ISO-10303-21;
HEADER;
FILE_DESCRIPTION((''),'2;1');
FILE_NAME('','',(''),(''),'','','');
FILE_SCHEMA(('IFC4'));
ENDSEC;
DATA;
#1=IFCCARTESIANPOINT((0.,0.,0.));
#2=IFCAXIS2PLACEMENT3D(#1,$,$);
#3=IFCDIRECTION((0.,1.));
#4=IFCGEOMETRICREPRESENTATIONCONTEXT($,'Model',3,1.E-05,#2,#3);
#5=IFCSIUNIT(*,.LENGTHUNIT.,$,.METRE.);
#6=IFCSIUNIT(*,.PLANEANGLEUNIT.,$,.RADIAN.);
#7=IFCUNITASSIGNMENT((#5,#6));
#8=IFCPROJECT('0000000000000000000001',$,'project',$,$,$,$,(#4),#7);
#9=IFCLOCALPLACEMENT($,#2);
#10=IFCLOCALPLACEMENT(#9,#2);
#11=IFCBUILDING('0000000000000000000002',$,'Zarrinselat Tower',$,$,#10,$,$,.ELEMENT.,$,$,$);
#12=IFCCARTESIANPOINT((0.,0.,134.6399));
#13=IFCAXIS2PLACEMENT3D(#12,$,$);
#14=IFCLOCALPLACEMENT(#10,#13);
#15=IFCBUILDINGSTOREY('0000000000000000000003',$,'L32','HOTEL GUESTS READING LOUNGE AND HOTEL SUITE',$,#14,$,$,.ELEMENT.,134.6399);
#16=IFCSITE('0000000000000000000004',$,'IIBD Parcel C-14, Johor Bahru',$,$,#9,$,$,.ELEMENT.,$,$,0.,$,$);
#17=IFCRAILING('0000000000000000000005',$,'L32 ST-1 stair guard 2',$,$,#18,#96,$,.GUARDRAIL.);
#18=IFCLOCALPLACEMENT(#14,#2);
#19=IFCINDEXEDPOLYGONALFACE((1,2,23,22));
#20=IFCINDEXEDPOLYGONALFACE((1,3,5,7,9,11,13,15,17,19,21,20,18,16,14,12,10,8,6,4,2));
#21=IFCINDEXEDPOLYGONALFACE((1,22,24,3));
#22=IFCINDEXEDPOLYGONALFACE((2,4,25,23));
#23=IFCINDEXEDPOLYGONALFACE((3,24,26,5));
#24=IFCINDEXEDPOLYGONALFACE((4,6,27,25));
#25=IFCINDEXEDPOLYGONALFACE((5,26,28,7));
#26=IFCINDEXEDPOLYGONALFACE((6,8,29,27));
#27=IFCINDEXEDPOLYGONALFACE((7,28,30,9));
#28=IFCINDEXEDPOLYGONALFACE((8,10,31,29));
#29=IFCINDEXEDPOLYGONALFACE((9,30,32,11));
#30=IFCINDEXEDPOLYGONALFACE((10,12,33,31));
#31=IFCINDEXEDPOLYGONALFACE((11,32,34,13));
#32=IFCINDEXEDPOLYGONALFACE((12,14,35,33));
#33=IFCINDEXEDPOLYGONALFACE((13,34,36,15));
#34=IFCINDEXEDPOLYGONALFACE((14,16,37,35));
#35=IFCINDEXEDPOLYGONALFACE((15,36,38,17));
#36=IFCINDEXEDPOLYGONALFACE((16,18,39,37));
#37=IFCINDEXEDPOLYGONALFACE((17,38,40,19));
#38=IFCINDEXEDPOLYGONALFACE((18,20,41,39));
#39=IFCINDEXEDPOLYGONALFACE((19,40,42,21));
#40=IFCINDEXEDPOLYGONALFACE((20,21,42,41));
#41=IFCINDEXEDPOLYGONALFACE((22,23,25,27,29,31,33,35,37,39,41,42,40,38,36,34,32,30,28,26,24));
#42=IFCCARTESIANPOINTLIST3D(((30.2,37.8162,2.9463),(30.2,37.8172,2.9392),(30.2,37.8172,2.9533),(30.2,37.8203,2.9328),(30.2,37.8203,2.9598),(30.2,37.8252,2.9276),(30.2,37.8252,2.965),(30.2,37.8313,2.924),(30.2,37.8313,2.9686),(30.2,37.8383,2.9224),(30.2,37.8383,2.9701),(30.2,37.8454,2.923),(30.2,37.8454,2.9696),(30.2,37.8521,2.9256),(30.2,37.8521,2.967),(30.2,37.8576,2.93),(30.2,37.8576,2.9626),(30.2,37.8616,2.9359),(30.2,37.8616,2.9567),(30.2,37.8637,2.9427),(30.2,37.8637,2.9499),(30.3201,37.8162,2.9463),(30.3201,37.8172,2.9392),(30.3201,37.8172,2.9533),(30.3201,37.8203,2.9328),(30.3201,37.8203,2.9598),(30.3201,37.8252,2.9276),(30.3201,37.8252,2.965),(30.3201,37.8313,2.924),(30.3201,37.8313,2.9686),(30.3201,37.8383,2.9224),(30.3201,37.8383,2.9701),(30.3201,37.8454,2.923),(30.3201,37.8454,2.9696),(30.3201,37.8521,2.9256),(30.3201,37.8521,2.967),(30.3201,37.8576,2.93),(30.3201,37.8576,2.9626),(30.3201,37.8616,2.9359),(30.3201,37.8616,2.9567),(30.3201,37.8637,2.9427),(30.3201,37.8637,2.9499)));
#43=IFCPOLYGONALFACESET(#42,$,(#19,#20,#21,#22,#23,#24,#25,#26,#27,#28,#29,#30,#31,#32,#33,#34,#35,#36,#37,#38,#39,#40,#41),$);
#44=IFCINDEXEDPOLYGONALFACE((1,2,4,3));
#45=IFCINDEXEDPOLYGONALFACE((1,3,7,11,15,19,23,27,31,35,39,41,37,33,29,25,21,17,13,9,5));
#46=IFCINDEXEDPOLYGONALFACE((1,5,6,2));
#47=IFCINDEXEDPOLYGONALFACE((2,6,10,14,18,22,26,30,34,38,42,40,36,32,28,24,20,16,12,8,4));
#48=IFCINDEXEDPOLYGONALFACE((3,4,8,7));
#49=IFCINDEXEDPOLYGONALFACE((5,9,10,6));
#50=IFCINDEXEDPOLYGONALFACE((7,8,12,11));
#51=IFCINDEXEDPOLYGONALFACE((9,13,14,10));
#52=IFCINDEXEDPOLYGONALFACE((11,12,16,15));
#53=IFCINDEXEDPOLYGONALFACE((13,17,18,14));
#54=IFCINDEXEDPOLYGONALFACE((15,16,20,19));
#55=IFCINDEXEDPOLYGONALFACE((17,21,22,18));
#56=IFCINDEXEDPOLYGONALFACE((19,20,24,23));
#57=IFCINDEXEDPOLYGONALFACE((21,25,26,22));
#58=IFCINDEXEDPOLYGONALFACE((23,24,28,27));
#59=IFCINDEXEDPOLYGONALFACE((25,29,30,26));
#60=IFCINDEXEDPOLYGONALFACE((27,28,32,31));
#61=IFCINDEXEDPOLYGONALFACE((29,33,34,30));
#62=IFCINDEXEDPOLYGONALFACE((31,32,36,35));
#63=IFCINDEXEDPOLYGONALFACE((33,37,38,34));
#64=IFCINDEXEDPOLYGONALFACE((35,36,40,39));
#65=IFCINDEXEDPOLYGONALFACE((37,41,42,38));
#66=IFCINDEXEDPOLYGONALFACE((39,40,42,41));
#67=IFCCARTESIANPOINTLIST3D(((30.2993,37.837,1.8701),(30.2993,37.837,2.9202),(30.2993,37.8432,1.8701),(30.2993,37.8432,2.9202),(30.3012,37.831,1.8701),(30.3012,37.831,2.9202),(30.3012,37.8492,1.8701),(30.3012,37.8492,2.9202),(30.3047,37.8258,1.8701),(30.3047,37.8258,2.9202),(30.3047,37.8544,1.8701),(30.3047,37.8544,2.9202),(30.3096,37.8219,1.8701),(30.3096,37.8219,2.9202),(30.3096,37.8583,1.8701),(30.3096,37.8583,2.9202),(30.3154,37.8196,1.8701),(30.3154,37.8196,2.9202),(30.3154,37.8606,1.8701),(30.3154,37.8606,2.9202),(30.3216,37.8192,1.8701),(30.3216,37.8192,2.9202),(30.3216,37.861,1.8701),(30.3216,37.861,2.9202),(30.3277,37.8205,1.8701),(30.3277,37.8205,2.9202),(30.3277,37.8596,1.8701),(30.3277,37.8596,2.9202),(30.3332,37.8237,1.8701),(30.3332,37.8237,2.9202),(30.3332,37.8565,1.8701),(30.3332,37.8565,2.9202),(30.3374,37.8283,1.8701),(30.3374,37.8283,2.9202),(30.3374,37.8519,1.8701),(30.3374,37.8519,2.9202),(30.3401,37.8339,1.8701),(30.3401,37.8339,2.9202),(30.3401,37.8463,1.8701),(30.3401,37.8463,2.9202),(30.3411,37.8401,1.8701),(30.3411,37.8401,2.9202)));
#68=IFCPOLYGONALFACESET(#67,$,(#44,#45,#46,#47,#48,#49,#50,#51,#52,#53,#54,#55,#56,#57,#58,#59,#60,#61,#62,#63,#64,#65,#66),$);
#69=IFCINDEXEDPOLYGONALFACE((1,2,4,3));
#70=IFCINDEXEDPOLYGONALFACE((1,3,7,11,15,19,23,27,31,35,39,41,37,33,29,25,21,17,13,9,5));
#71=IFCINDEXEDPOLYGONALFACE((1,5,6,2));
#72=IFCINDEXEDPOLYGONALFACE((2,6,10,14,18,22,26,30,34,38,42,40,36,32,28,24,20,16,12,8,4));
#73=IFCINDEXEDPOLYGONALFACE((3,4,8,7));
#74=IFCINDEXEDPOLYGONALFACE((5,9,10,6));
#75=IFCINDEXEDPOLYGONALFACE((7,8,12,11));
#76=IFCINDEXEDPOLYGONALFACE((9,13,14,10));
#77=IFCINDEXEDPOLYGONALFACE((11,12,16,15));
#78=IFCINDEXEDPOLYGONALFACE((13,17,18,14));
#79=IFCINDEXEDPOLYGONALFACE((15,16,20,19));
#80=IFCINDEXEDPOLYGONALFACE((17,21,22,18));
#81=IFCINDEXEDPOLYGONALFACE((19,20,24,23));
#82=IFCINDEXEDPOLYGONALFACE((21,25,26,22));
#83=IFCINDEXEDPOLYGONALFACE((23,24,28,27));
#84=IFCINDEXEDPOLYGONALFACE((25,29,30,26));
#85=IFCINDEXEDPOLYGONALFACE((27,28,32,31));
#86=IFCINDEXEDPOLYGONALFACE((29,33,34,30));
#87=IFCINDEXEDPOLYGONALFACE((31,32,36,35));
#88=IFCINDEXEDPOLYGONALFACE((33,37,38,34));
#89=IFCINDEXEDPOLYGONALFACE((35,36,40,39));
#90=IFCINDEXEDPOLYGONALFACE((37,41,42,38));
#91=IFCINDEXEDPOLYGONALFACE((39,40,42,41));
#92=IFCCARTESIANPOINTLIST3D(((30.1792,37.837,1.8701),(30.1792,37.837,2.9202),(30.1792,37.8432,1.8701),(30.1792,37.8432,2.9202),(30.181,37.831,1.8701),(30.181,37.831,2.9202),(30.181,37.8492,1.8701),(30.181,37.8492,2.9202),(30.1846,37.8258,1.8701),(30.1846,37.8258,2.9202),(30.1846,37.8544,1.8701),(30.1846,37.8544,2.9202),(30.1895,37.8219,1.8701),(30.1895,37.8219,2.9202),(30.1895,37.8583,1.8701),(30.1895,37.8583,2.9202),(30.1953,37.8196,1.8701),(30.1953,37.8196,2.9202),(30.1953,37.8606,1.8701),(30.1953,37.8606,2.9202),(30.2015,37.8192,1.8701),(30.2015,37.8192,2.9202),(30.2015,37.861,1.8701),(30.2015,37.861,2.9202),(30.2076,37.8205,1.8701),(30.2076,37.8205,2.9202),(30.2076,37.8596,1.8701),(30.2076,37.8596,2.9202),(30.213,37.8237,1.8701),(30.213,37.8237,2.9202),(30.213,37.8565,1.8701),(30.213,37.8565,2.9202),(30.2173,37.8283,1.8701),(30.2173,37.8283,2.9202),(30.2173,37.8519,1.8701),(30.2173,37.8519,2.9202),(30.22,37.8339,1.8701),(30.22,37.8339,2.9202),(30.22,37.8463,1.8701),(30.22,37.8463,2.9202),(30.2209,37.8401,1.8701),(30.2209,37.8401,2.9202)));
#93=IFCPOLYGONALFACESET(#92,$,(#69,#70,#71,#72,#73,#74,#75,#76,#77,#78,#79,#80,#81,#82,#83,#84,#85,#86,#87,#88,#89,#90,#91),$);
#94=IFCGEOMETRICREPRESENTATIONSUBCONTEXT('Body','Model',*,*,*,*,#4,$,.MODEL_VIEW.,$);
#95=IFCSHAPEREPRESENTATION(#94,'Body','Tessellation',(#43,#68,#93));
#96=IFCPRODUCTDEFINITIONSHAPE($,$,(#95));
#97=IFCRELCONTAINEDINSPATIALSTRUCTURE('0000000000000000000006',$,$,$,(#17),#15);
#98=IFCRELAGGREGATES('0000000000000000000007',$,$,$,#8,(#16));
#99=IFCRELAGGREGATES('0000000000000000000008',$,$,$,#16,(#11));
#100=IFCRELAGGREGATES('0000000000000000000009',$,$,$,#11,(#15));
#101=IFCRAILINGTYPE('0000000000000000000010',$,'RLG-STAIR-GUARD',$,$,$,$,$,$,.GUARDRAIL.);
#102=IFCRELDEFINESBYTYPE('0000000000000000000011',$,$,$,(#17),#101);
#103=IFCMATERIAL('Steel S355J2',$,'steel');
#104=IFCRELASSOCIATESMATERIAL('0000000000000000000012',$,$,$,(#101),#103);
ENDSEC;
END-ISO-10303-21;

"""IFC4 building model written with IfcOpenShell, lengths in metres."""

from ifc_helpers import new_model, si_unit, direction, frame, origin, origin_2d, place, context, subcontext, project, spatial, circle, extrude, material, type_object, element, save


model = new_model("IFC4")

# Units and contexts
model_context = context("Model", 3, precision=1e-05, world=origin(), true_north=direction((0.0, 1.0)))
body_context = subcontext(model_context, "Body", "Model", "MODEL_VIEW")
ifc_project = project(units=[si_unit("LENGTHUNIT", "METRE"), si_unit("PLANEANGLEUNIT", "RADIAN")], contexts=[model_context])

# Site, building, storey
site_placement = place(None, origin())
site = spatial("IfcSite", under=ifc_project, at=site_placement, Name="IIBD Parcel C-14, Johor Bahru", CompositionType="ELEMENT", RefElevation=0.0)
building_placement = place(site_placement, origin())
building = spatial("IfcBuilding", under=site, at=building_placement, Name="Zarrinselat Tower", CompositionType="ELEMENT")
storey_placement = place(building_placement, frame((0.0, 0.0, 134.6399)))
storey = spatial("IfcBuildingStorey", under=building, at=storey_placement, Name="L32", Description="HOTEL GUESTS READING LOUNGE AND HOTEL SUITE", CompositionType="ELEMENT", Elevation=134.6399)

# Railing
ifc_material_1 = material(Name="Steel S355J2", Category="steel")
railing_type_1 = type_object("IfcRailingType", Name="RLG-STAIR-GUARD", PredefinedType="GUARDRAIL", material=ifc_material_1)
railing_1_placement = place(storey_placement, frame((30.3201, 37.8401, 1.8701)))
element("IfcRailing", 1, at=railing_1_placement, inside=storey, type_object=railing_type_1, Name="L32 ST-1 stair guard 2", PredefinedType="GUARDRAIL", context=body_context, shape_type="SweptSolid", body=[
    extrude(circle(Radius=0.0239, at=origin_2d()), frame((0.0, 0.0, 1.0762), z_axis=(-1.0, 0.0, 0.0), x_axis=(0.0, -1.0, 0.0)), (0.0, 0.0, 1.0), 0.1201),
    extrude(circle(Radius=0.021, at=origin_2d()), origin(), (0.0, 0.0, 1.0), 1.05),
    extrude(circle(Radius=0.021, at=origin_2d()), frame((-0.1201, 0.0, 0.0)), (0.0, 0.0, 1.0), 1.05),
])

save(model, "model.ifc")
